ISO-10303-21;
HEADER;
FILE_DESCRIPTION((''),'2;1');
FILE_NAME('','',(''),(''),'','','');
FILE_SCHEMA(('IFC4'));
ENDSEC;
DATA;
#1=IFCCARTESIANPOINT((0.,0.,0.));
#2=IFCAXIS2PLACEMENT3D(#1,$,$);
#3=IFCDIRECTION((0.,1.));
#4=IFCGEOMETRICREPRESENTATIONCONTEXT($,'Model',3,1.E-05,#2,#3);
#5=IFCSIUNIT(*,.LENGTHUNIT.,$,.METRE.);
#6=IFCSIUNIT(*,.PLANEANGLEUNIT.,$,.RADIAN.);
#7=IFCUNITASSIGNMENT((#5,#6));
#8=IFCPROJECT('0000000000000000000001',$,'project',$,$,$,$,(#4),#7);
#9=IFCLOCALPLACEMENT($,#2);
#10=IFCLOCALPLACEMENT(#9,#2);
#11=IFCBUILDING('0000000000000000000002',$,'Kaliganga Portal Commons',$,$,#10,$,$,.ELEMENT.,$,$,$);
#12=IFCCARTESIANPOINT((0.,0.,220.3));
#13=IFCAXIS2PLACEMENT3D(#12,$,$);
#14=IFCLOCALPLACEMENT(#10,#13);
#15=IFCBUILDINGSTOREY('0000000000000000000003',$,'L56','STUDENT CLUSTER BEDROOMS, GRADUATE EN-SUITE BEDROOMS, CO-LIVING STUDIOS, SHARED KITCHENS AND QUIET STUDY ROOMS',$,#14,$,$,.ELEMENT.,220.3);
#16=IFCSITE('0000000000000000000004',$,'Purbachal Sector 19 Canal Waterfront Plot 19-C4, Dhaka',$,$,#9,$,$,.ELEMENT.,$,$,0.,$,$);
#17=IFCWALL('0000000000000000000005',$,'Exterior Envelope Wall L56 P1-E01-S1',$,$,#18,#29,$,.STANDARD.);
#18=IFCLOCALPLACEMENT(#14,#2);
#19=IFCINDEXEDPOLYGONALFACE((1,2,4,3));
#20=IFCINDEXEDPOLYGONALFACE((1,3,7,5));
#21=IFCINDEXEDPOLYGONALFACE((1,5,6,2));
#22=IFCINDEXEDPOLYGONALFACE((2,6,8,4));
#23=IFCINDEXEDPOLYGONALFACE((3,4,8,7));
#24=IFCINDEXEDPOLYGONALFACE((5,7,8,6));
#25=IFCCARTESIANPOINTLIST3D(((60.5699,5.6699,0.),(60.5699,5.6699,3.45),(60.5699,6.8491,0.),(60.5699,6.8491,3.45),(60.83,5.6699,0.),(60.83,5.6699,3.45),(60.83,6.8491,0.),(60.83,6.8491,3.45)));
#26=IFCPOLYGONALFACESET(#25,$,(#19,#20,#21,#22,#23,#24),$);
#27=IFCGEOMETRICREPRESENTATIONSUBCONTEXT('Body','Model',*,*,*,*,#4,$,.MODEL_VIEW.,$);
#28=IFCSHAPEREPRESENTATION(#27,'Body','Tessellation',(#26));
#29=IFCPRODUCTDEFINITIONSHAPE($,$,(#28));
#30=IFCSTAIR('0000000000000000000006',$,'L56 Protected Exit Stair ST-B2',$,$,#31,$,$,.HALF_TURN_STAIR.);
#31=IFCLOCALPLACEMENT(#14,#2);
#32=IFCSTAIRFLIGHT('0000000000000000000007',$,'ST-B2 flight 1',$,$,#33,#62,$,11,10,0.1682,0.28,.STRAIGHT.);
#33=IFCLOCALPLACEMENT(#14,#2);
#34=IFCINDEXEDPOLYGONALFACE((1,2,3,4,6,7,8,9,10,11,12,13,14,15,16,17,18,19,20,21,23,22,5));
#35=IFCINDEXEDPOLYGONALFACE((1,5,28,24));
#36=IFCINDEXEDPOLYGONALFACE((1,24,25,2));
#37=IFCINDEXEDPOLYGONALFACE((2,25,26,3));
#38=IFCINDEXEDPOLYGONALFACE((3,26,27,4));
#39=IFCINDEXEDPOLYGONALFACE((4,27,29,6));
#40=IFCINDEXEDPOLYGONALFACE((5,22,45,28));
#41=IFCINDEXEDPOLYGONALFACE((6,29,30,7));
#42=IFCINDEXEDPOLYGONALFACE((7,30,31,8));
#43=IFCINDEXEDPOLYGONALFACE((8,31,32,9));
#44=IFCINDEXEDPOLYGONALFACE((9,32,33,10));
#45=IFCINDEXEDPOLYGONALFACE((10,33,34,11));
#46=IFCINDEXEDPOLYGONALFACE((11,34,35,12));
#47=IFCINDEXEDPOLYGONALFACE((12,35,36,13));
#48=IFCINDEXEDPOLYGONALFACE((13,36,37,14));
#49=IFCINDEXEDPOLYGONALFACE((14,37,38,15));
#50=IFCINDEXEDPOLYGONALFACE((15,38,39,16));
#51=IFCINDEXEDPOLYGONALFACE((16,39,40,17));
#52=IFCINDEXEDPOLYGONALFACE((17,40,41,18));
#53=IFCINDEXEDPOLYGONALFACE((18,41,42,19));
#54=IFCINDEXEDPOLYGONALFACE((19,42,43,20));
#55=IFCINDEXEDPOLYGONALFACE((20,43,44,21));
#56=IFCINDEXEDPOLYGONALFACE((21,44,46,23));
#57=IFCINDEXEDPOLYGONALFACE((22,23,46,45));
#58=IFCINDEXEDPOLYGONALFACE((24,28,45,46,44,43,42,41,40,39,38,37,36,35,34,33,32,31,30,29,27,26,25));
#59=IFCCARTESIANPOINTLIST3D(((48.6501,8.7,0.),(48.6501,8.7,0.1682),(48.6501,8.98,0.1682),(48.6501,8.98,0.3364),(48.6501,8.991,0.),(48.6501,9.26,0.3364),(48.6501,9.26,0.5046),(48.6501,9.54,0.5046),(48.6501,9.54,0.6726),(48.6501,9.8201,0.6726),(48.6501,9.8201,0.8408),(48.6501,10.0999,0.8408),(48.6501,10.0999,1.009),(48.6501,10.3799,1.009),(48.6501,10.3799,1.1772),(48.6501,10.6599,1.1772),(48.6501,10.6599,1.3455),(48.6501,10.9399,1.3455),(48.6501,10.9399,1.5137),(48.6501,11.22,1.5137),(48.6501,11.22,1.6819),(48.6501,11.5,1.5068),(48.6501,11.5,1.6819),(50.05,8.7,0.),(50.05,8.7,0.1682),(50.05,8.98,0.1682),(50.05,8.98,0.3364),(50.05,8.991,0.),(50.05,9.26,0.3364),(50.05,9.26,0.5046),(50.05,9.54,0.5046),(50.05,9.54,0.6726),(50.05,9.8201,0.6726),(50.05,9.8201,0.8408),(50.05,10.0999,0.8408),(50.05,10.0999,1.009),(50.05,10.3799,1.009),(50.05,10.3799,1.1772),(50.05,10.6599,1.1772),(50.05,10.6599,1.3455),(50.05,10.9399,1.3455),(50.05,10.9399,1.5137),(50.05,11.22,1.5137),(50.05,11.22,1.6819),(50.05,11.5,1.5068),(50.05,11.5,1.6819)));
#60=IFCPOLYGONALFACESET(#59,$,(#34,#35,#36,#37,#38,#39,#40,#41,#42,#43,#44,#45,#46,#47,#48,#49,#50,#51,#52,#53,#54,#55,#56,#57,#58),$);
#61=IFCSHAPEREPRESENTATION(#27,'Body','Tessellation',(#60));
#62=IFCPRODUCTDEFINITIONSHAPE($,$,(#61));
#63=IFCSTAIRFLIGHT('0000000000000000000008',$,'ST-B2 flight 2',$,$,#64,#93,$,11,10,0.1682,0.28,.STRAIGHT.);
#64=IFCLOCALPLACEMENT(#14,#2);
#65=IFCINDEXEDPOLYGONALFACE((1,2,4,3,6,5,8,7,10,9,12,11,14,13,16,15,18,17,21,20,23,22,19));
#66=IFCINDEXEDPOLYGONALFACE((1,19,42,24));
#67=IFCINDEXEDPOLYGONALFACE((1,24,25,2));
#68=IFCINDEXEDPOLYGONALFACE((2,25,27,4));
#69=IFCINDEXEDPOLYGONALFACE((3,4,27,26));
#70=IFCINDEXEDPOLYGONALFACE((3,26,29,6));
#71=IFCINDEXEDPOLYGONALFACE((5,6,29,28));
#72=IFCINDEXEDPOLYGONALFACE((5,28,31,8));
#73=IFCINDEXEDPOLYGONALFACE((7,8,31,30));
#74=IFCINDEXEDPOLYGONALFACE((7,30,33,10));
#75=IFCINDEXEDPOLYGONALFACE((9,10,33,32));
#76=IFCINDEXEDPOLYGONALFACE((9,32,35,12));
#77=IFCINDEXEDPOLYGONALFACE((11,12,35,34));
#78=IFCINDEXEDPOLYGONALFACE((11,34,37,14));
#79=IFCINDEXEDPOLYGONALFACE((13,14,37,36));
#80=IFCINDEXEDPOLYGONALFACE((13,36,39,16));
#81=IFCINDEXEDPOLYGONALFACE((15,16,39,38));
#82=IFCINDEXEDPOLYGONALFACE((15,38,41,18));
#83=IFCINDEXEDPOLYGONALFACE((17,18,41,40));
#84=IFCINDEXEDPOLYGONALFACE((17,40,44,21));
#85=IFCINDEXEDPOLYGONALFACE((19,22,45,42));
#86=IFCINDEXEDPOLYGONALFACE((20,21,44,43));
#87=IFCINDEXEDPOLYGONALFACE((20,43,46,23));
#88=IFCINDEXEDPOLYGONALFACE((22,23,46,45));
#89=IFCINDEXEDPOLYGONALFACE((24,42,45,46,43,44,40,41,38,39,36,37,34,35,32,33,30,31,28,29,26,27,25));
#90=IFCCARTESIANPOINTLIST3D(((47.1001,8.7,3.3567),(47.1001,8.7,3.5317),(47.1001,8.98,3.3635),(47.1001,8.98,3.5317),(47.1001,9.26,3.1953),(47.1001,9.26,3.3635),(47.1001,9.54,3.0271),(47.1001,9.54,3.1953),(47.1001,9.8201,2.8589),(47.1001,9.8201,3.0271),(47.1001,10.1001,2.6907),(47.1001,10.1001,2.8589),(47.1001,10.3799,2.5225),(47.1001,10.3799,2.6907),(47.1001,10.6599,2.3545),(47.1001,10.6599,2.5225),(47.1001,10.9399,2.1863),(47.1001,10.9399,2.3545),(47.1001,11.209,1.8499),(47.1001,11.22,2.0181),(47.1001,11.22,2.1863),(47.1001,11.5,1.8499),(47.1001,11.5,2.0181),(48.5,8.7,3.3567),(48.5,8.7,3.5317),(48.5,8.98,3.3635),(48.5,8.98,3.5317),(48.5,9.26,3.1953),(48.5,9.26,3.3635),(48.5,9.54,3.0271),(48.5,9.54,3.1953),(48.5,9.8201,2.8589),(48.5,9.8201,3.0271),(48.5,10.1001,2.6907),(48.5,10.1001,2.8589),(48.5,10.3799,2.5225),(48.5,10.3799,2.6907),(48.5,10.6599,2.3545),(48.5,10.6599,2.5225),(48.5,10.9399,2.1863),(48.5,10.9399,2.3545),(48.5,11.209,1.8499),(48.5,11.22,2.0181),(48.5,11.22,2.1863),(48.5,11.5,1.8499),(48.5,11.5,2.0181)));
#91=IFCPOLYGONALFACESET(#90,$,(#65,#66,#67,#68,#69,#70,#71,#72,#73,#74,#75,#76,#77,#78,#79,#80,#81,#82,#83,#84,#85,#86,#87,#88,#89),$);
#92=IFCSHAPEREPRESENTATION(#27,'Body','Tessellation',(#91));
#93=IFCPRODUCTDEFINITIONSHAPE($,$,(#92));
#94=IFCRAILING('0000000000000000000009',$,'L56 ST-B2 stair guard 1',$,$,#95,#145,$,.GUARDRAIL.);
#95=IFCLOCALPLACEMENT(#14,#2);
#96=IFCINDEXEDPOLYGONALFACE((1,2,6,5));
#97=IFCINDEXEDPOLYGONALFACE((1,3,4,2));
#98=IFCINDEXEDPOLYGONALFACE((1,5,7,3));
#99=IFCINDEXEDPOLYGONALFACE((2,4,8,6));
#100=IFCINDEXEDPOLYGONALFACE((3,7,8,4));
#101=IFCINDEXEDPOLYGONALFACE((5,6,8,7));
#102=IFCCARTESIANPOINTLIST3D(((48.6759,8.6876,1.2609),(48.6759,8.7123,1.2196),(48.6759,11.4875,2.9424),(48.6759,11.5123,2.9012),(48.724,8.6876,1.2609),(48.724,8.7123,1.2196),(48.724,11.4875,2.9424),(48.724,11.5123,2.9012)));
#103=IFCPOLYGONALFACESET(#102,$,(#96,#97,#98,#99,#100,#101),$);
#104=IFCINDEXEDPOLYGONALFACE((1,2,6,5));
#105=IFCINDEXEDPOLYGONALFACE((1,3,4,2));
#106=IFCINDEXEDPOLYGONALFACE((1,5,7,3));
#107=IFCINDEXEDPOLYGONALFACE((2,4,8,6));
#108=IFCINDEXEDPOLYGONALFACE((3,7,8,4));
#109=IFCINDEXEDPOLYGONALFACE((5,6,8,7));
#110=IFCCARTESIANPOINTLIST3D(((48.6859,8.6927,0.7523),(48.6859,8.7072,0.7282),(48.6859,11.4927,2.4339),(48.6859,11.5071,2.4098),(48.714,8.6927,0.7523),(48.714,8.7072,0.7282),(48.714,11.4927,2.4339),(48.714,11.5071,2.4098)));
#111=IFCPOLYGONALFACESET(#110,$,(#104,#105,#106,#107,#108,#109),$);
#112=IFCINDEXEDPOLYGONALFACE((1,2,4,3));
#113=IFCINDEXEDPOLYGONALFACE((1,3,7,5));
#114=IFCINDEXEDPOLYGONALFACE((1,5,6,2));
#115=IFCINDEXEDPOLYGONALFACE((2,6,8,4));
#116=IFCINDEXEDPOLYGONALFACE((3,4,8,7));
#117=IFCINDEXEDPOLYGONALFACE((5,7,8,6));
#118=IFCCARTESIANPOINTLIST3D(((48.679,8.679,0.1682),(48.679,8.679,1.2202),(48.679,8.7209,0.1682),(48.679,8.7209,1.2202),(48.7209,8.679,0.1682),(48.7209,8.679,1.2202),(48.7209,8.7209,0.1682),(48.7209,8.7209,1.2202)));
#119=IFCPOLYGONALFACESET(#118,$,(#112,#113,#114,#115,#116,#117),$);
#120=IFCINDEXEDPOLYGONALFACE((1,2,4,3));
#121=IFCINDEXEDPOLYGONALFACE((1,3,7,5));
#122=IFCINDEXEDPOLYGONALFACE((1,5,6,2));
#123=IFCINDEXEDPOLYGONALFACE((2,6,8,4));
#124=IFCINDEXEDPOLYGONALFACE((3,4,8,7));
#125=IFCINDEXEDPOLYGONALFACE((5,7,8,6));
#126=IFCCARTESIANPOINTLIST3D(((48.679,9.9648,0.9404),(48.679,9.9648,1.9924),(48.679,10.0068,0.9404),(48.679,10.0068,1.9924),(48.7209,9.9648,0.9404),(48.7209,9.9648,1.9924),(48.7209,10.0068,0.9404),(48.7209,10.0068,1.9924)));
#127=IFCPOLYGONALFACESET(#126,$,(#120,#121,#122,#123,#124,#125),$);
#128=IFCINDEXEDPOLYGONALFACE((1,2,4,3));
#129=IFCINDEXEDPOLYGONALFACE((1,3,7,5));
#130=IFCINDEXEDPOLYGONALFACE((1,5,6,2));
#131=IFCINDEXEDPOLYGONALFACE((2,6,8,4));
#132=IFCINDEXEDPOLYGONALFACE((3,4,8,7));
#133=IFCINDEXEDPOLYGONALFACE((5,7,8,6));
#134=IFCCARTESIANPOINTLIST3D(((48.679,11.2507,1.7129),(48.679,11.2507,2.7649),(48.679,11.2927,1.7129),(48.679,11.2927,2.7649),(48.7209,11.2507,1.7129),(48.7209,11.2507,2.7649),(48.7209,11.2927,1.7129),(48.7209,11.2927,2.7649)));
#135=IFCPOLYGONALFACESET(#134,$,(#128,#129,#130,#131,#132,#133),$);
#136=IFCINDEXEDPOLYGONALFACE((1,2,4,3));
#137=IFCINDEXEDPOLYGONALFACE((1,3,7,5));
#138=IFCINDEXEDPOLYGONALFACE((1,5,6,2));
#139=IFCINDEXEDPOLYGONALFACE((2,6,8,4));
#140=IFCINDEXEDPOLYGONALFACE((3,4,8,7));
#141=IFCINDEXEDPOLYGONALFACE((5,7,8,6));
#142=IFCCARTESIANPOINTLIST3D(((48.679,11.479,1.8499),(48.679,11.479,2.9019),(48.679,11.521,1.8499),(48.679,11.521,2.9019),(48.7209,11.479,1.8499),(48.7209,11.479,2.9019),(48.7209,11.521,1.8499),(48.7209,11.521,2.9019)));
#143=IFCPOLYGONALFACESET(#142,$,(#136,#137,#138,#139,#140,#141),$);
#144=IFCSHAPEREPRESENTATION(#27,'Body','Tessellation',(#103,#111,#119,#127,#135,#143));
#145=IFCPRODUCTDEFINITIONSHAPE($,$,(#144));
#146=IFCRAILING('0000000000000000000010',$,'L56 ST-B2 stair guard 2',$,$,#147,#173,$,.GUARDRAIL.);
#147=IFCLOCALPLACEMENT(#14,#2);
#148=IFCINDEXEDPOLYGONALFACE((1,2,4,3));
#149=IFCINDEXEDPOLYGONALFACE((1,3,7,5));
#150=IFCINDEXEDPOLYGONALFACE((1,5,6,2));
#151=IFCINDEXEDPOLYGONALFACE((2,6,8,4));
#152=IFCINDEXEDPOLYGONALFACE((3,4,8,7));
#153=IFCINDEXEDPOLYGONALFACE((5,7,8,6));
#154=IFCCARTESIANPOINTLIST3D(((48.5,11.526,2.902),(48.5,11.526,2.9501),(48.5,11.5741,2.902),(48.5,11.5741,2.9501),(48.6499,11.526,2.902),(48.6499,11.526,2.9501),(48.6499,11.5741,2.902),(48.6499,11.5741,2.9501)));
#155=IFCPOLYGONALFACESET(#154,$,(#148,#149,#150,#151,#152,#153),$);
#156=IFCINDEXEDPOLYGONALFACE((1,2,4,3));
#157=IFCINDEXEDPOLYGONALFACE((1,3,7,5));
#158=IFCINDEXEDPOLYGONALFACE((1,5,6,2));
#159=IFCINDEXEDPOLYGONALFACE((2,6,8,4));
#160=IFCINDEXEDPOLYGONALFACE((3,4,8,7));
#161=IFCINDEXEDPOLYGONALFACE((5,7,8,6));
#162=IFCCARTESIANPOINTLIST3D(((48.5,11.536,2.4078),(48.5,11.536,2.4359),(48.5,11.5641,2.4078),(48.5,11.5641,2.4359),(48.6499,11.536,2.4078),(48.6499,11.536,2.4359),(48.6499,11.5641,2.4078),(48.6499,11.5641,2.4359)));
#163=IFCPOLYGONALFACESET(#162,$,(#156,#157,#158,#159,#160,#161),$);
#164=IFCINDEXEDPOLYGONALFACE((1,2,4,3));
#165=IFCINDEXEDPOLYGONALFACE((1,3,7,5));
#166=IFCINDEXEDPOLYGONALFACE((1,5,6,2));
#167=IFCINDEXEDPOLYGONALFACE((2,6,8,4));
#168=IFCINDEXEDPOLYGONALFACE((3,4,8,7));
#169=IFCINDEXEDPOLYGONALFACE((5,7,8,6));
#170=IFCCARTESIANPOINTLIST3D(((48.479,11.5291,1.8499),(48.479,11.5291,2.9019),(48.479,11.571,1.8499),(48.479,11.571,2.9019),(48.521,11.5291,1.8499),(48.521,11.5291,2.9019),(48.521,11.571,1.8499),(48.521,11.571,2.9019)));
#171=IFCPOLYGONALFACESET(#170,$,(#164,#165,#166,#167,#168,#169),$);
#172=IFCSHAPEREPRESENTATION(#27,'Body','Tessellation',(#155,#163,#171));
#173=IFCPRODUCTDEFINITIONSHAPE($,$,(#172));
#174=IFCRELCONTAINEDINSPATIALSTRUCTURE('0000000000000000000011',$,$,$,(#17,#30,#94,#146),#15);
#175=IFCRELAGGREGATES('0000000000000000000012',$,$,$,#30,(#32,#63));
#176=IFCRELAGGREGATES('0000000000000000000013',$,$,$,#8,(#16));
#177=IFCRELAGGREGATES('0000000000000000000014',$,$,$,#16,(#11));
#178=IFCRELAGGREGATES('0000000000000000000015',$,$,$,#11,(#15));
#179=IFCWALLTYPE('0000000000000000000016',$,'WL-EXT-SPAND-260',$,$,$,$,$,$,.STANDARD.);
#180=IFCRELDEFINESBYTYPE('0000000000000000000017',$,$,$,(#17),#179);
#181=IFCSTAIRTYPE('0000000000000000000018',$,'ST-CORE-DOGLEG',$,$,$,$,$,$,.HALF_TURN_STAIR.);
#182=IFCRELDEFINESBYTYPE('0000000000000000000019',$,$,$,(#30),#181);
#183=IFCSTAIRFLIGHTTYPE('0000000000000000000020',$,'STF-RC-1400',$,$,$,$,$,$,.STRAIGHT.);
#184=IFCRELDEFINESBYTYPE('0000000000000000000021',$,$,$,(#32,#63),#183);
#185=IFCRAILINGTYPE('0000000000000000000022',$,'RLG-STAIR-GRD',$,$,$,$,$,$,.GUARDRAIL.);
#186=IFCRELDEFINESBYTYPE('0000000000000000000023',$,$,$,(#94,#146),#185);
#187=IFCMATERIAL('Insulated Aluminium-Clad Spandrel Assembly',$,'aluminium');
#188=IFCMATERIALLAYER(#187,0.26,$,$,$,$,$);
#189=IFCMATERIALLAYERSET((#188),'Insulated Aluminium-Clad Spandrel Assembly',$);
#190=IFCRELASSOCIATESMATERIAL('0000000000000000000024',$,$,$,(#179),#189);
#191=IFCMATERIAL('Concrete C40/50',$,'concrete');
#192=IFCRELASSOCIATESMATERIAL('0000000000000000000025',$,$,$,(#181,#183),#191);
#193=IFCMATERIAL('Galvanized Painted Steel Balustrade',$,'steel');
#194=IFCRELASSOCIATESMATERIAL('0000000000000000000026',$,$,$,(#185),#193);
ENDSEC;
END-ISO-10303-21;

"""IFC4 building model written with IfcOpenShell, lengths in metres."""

from ifc_helpers import new_model, si_unit, direction, frame, frame_2d, origin, origin_2d, place, context, subcontext, project, spatial, polyline, rectangle, outline, extrude, material, layer, layer_set, type_object, element, aggregate, save


model = new_model("IFC4")

# Units and contexts
model_context = context("Model", 3, precision=1e-05, world=origin(), true_north=direction((0.0, 1.0)))
body_context = subcontext(model_context, "Body", "Model", "MODEL_VIEW")
ifc_project = project(units=[si_unit("LENGTHUNIT", "METRE"), si_unit("PLANEANGLEUNIT", "RADIAN")], contexts=[model_context])

# Site, building, storey
site_placement = place(None, origin())
site = spatial("IfcSite", under=ifc_project, at=site_placement, Name="Purbachal Sector 19 Canal Waterfront Plot 19-C4, Dhaka", CompositionType="ELEMENT", RefElevation=0.0)
building_placement = place(site_placement, origin())
building = spatial("IfcBuilding", under=site, at=building_placement, Name="Kaliganga Portal Commons", CompositionType="ELEMENT")
storey_placement = place(building_placement, frame((0.0, 0.0, 220.3)))
storey = spatial("IfcBuildingStorey", under=building, at=storey_placement, Name="L56", Description="STUDENT CLUSTER BEDROOMS, GRADUATE EN-SUITE BEDROOMS, CO-LIVING STUDIOS, SHARED KITCHENS AND QUIET STUDY ROOMS", CompositionType="ELEMENT", Elevation=220.3)

# Shared definitions
ifc_material_1 = material(Name="Insulated Aluminium-Clad Spandrel Assembly", Category="aluminium")
ifc_layer_1 = layer(ifc_material_1, 0.26)
ifc_layer_set_1 = layer_set([ifc_layer_1], Name="Insulated Aluminium-Clad Spandrel Assembly")
wall_type_1 = type_object("IfcWallType", Name="WL-EXT-SPAND-260", PredefinedType="STANDARD", material=ifc_layer_set_1)

# Wall
wall_1_placement = place(storey_placement, frame((60.7, 6.8491, 0.0), z_axis=(0.0, 0.0, 1.0), x_axis=(0.0, -1.0, 0.0)))
element("IfcWall", 1, at=wall_1_placement, inside=storey, type_object=wall_type_1, Name="Exterior Envelope Wall L56 P1-E01-S1", PredefinedType="STANDARD", context=body_context, shape_type="SweptSolid", body=[
    extrude(rectangle(XDim=1.1792, YDim=0.26, at=frame_2d((0.5896, 0.0))), origin(), (0.0, 0.0, 1.0), 3.45),
])

# Stair, stair flights
ifc_material_2 = material(Name="Concrete C40/50", Category="concrete")
stair_type = type_object("IfcStairType", Name="ST-CORE-DOGLEG", PredefinedType="HALF_TURN_STAIR", material=ifc_material_2)
stair_placement = place(storey_placement, origin())
stair = element("IfcStair", 2, at=stair_placement, inside=storey, type_object=stair_type, Name="L56 Protected Exit Stair ST-B2", PredefinedType="HALF_TURN_STAIR")
stair_flight_type = type_object("IfcStairFlightType", Name="STF-RC-1400", PredefinedType="STRAIGHT", material=ifc_material_2)
stair_flight_1_placement = place(storey_placement, frame((49.3501, 8.7, 0.0), z_axis=(0.0, 0.0, 1.0), x_axis=(0.0, 1.0, 0.0)))
stair_flight_1 = element("IfcStairFlight", 3, at=stair_flight_1_placement, type_object=stair_flight_type, Name="ST-B2 flight 1", NumberOfRisers=11, NumberOfTreads=10, PredefinedType="STRAIGHT", RiserHeight=0.1682, TreadLength=0.28, context=body_context, shape_type="SweptSolid", body=[
    extrude(outline(polyline([(0.0, 0.0), (0.0, 0.1682), (0.28, 0.1682), (0.28, 0.3364), (0.5601, 0.3364), (0.5601, 0.5046), (0.8401, 0.5046), (0.8401, 0.6726), (1.1201, 0.6726), (1.1201, 0.8408), (1.3999, 0.8408), (1.3999, 1.009), (1.6799, 1.009), (1.6799, 1.1772), (1.96, 1.1772), (1.96, 1.3455), (2.24, 1.3455), (2.24, 1.5137), (2.52, 1.5137), (2.52, 1.6819), (2.8, 1.6819), (2.8, 1.8501), (2.8, 1.5068), (0.291, 0.0), (0.0, 0.0)])), frame((0.0, 0.7, 0.0), z_axis=(0.0, -1.0, 0.0), x_axis=(1.0, 0.0, 0.0)), (0.0, 0.0, 1.0), 1.3999),
])
stair_flight_2_placement = place(storey_placement, frame((47.8, 11.5, 1.8499), z_axis=(0.0, 0.0, 1.0), x_axis=(0.0, -1.0, 0.0)))
stair_flight_2 = element("IfcStairFlight", 4, at=stair_flight_2_placement, type_object=stair_flight_type, Name="ST-B2 flight 2", NumberOfRisers=11, NumberOfTreads=10, PredefinedType="STRAIGHT", RiserHeight=0.1682, TreadLength=0.28, context=body_context, shape_type="SweptSolid", body=[
    extrude(outline(polyline([(0.0, 0.0), (0.0, 0.1682), (0.28, 0.1682), (0.28, 0.3364), (0.5601, 0.3364), (0.5601, 0.5046), (0.8401, 0.5046), (0.8401, 0.6726), (1.1201, 0.6726), (1.1201, 0.8408), (1.3999, 0.8408), (1.3999, 1.009), (1.6799, 1.009), (1.6799, 1.1772), (1.96, 1.1772), (1.96, 1.3455), (2.24, 1.3455), (2.24, 1.5137), (2.52, 1.5137), (2.52, 1.6819), (2.8, 1.6819), (2.8, 1.8501), (2.8, 1.5068), (0.291, 0.0), (0.0, 0.0)])), frame((0.0, 0.7, 0.0), z_axis=(0.0, -1.0, 0.0), x_axis=(1.0, 0.0, 0.0)), (0.0, 0.0, 1.0), 1.3999),
])
aggregate(stair, [stair_flight_1, stair_flight_2])

# Railings
ifc_material_3 = material(Name="Galvanized Painted Steel Balustrade", Category="steel")
railing_type_1 = type_object("IfcRailingType", Name="RLG-STAIR-GRD", PredefinedType="GUARDRAIL", material=ifc_material_3)
railing_1_placement = place(storey_placement, frame((48.7, 8.7, 0.1682)))
element("IfcRailing", 5, at=railing_1_placement, inside=storey, type_object=railing_type_1, Name="L56 ST-B2 stair guard 1", PredefinedType="GUARDRAIL", context=body_context, shape_type="SweptSolid", body=[
    extrude(rectangle(XDim=0.0481, YDim=0.0481, at=origin_2d()), frame((0.0, 0.0, 1.072), z_axis=(0.0, 0.857275, 0.514858), x_axis=(-1.0, 0.0, 0.0)), (0.0, 0.0, 1.0), 3.2661),
    extrude(rectangle(XDim=0.0281, YDim=0.0281, at=origin_2d()), frame((0.0, 0.0, 0.572), z_axis=(0.0, 0.857275, 0.514858), x_axis=(-1.0, 0.0, 0.0)), (0.0, 0.0, 1.0), 3.2661),
    extrude(rectangle(XDim=0.042, YDim=0.042, at=origin_2d()), origin(), (0.0, 0.0, 1.0), 1.052),
    extrude(rectangle(XDim=0.042, YDim=0.042, at=origin_2d()), frame((0.0, 1.2859, 0.7722)), (0.0, 0.0, 1.0), 1.052),
    extrude(rectangle(XDim=0.042, YDim=0.042, at=origin_2d()), frame((0.0, 2.5718, 1.5447)), (0.0, 0.0, 1.0), 1.052),
    extrude(rectangle(XDim=0.042, YDim=0.042, at=origin_2d()), frame((0.0, 2.8, 1.6816)), (0.0, 0.0, 1.0), 1.052),
])
railing_2_placement = place(storey_placement, frame((48.6499, 11.55, 1.8499)))
element("IfcRailing", 6, at=railing_2_placement, inside=storey, type_object=railing_type_1, Name="L56 ST-B2 stair guard 2", PredefinedType="GUARDRAIL", context=body_context, shape_type="SweptSolid", body=[
    extrude(rectangle(XDim=0.0481, YDim=0.0481, at=origin_2d()), frame((0.0, 0.0, 1.0762), z_axis=(-1.0, 0.0, 0.0), x_axis=(0.0, -1.0, 0.0)), (0.0, 0.0, 1.0), 0.1499),
    extrude(rectangle(XDim=0.0281, YDim=0.0281, at=origin_2d()), frame((0.0, 0.0, 0.572), z_axis=(-1.0, 0.0, 0.0), x_axis=(0.0, -1.0, 0.0)), (0.0, 0.0, 1.0), 0.1499),
    extrude(rectangle(XDim=0.042, YDim=0.042, at=origin_2d()), frame((-0.1499, 0.0, 0.0)), (0.0, 0.0, 1.0), 1.052),
])

save(model, "model.ifc")
